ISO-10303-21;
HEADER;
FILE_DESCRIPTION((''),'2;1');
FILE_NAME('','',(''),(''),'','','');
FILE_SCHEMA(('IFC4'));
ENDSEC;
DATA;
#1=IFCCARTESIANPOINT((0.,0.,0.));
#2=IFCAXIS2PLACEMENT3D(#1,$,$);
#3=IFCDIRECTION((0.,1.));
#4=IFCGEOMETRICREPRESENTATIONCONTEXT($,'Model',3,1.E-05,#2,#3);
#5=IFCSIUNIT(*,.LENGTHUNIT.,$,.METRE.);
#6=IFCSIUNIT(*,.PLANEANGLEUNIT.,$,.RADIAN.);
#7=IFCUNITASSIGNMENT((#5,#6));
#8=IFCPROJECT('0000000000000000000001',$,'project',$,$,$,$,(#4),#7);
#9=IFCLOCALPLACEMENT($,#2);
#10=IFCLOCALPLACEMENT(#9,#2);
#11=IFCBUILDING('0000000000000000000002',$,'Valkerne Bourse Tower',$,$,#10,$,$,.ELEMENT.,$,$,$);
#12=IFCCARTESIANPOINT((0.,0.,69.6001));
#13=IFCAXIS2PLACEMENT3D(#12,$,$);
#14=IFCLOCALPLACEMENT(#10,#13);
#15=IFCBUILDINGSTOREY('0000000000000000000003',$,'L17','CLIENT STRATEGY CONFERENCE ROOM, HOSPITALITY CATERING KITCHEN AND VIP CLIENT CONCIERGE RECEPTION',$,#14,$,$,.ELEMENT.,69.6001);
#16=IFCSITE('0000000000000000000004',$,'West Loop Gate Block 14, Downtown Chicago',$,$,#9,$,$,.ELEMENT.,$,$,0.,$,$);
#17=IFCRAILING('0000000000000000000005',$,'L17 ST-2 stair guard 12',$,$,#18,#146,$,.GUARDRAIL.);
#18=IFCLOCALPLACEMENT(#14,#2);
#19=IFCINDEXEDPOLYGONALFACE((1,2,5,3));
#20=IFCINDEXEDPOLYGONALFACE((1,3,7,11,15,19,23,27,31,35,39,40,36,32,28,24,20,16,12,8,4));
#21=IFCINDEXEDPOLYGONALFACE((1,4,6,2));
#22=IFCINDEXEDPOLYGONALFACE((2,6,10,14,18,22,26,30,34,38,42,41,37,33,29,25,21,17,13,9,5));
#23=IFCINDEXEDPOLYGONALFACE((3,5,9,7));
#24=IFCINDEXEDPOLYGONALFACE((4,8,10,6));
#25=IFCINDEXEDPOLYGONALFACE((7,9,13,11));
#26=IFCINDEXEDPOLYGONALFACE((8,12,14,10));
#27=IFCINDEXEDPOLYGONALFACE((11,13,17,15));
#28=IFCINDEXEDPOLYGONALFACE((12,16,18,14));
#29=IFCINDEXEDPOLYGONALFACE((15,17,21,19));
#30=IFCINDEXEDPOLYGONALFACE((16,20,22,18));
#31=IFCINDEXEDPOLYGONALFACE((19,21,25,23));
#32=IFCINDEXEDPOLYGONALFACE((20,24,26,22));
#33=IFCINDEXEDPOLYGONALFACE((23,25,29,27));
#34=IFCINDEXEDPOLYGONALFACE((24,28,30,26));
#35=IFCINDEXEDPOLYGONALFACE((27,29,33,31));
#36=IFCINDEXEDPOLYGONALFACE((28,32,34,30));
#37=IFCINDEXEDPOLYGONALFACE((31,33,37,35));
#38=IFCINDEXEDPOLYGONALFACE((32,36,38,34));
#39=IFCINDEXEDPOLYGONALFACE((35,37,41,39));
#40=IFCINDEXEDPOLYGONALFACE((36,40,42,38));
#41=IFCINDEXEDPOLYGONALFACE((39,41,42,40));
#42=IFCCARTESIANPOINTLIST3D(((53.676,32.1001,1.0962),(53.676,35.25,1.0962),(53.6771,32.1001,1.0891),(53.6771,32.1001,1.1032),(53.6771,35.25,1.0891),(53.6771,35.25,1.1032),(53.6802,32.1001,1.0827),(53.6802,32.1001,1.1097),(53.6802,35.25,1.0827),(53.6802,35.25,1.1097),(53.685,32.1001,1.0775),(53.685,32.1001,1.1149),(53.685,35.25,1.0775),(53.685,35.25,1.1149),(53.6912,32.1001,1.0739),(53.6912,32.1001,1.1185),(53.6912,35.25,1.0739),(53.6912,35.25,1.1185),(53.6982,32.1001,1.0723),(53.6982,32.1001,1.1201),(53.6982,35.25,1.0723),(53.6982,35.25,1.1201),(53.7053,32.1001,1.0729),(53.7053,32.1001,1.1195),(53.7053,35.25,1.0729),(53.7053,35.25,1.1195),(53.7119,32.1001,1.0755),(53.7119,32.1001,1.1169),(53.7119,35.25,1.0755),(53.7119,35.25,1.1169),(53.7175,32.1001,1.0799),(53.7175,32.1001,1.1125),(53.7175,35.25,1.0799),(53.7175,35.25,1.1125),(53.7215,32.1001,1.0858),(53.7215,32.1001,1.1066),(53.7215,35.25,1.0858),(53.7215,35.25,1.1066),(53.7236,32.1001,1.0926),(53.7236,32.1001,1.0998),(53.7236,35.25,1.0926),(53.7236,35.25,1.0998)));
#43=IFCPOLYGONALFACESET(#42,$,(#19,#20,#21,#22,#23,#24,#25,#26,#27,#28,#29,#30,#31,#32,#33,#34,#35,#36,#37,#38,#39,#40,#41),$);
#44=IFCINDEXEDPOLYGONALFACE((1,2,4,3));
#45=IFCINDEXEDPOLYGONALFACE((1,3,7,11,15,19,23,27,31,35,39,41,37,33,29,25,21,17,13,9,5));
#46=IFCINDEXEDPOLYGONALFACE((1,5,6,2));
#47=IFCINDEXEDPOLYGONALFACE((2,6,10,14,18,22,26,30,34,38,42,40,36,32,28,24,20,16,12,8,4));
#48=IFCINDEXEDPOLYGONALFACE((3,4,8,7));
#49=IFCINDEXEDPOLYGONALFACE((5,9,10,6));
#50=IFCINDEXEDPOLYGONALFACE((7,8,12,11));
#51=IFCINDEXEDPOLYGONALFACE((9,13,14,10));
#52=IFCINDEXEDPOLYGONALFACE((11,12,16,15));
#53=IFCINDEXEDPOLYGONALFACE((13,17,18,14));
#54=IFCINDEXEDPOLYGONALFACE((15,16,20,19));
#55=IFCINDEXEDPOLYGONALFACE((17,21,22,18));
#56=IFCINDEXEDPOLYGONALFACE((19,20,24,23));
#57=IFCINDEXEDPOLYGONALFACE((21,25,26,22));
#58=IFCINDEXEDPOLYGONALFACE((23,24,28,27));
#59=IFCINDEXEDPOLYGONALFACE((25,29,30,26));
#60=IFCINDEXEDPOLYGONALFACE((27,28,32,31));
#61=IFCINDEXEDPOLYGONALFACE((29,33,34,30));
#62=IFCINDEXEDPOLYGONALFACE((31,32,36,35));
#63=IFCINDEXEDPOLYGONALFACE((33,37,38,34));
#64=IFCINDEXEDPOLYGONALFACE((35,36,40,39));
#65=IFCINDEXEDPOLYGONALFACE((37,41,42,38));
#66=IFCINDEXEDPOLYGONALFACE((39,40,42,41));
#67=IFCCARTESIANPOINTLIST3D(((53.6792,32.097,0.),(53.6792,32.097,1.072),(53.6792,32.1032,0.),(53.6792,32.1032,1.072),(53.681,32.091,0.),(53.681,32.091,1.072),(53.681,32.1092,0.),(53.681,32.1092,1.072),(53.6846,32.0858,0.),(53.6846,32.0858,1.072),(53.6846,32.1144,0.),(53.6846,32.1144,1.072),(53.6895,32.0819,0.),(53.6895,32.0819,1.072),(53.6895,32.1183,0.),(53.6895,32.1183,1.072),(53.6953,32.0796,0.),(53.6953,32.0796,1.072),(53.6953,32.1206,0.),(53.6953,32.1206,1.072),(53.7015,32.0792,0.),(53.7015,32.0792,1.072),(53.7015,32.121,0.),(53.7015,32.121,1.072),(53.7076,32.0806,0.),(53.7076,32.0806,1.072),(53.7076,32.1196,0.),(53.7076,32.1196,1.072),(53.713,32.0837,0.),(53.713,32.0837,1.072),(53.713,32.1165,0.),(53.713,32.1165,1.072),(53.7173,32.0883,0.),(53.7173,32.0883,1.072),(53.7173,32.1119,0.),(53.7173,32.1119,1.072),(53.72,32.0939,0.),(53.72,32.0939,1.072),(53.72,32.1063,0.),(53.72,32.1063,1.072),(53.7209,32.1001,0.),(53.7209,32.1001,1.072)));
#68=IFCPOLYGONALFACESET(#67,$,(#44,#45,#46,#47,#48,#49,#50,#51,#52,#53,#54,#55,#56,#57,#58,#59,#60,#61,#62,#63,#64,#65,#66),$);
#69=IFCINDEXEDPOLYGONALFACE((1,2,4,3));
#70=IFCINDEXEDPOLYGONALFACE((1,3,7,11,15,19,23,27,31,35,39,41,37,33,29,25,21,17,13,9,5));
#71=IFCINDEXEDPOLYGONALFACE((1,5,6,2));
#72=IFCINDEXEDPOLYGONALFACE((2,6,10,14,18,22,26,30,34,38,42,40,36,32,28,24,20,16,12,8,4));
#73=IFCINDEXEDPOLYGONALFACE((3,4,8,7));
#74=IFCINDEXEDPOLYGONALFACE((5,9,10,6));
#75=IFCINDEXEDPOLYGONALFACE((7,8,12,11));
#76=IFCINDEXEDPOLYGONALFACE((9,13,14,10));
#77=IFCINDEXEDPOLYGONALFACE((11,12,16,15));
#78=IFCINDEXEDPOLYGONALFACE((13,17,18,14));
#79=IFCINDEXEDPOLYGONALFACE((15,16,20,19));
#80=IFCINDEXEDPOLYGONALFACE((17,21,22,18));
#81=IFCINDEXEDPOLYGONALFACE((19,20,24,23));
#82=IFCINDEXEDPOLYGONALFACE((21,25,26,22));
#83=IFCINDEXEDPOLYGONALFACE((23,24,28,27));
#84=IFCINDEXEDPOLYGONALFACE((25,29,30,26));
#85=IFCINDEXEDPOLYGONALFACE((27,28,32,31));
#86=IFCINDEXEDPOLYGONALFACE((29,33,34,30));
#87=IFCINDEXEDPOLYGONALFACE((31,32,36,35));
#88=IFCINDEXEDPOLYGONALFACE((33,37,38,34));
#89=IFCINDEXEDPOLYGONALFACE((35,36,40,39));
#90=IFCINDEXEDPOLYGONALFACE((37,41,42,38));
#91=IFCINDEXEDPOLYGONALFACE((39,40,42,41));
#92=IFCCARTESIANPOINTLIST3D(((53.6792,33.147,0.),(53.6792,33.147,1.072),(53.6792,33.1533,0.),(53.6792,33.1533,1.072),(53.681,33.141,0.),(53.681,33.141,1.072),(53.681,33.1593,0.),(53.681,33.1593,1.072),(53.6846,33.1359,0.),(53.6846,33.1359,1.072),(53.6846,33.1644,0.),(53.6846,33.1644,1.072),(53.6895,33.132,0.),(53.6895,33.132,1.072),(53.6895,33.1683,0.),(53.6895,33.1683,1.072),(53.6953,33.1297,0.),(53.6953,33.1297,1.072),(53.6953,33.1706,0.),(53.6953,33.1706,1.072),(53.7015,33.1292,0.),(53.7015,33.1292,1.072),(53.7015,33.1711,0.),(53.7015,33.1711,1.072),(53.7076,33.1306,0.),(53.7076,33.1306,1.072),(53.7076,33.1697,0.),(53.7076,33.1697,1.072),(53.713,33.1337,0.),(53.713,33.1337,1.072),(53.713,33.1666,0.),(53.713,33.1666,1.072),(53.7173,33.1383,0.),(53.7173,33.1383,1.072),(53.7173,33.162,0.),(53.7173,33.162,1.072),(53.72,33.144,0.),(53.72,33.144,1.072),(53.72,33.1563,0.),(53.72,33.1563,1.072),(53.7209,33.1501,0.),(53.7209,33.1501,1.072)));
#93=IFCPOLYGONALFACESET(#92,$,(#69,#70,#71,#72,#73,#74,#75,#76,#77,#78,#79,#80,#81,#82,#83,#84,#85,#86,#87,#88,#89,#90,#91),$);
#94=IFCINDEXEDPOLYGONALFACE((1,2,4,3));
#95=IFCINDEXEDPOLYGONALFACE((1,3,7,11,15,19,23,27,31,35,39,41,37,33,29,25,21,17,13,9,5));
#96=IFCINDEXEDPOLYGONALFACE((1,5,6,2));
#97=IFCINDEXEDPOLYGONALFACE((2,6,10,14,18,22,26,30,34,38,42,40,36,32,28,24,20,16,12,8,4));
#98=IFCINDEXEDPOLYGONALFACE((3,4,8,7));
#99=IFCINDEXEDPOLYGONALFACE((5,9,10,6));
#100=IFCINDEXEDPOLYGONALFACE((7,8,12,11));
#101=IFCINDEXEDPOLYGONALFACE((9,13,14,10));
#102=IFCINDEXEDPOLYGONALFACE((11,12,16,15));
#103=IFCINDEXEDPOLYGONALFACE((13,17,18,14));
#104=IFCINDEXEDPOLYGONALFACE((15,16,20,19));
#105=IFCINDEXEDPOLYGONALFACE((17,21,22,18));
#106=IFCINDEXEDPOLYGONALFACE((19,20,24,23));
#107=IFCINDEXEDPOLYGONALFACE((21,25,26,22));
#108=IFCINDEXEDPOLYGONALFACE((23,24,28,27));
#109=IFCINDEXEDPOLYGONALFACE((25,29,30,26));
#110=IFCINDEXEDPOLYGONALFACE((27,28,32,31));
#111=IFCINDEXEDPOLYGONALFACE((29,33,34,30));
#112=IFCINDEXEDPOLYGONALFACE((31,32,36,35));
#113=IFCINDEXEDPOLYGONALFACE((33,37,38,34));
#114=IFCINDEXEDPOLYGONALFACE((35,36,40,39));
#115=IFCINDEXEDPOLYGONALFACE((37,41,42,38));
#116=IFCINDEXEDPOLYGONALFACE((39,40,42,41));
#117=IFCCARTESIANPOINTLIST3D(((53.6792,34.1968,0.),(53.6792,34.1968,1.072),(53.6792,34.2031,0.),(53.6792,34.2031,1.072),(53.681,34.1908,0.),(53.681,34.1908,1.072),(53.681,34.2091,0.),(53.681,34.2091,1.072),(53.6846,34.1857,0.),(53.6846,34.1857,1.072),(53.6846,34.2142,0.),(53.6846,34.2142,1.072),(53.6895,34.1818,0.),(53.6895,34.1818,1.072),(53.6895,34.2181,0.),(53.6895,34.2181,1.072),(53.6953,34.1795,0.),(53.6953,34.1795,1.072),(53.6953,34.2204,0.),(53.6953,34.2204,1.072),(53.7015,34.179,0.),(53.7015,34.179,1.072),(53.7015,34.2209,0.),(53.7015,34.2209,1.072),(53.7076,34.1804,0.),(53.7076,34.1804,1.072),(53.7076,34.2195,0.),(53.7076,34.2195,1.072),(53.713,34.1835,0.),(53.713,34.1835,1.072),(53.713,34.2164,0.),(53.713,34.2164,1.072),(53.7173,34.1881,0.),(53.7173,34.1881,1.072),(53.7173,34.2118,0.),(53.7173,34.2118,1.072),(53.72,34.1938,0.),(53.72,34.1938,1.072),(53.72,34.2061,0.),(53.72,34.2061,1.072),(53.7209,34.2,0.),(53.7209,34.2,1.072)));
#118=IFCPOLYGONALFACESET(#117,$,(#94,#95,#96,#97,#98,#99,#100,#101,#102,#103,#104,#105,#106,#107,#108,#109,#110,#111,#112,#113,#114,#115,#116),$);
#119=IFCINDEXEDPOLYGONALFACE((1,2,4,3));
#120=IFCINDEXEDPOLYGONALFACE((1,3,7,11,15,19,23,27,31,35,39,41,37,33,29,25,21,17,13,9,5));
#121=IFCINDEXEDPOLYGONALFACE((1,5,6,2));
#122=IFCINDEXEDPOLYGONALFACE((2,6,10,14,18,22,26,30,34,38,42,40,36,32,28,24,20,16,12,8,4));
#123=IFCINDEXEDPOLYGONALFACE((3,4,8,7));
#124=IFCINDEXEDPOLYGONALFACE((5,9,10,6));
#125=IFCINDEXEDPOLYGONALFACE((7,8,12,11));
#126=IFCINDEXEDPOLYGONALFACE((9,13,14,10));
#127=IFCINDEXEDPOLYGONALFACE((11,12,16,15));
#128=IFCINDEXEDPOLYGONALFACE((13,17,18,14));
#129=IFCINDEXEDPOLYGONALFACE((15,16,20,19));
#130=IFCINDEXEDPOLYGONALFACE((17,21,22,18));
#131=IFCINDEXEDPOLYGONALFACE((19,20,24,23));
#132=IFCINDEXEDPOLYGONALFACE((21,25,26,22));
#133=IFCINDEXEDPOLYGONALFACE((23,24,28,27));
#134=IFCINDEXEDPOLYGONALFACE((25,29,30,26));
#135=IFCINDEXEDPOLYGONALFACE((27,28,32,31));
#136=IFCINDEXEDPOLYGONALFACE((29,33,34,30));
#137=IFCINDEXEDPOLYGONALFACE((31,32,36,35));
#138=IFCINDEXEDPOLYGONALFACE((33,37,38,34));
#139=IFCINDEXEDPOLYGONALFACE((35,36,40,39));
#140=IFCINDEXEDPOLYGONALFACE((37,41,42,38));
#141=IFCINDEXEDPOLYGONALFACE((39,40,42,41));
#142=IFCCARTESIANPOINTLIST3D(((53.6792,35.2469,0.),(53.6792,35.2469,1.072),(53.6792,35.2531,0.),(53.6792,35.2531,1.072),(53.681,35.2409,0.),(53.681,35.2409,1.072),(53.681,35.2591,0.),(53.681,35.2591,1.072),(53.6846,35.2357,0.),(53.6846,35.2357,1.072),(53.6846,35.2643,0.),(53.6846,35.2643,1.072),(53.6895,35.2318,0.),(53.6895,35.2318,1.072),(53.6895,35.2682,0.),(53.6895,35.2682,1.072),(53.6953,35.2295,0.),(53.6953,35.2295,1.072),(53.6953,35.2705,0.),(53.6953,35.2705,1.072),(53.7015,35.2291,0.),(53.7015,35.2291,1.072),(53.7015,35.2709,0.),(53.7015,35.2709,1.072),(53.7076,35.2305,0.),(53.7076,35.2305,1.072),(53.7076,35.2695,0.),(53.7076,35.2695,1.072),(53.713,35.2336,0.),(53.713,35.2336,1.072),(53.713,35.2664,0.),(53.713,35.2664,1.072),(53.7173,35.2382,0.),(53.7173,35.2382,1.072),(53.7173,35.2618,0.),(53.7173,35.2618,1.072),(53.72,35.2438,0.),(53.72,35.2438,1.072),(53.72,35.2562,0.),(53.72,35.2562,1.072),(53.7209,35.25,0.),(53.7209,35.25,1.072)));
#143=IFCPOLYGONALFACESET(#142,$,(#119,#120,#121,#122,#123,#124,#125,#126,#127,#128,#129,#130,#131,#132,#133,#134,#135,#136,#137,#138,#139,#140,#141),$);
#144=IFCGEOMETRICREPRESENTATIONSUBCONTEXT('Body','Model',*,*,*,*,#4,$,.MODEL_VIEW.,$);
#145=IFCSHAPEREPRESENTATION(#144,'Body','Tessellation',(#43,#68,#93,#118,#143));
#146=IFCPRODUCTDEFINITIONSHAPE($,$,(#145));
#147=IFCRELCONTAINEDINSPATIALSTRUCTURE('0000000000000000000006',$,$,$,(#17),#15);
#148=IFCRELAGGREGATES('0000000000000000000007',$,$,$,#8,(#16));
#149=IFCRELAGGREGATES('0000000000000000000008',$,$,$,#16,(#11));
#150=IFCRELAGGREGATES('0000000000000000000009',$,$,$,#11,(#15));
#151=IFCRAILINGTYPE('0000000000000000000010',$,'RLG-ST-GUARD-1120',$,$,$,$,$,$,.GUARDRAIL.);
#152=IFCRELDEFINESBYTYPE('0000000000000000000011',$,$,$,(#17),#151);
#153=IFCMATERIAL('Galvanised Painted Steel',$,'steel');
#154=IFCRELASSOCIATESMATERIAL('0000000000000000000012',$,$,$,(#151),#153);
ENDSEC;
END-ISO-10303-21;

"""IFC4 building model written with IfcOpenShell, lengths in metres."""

from ifc_helpers import new_model, si_unit, direction, frame, origin, origin_2d, place, context, subcontext, project, spatial, circle, extrude, material, type_object, element, save


model = new_model("IFC4")

# Units and contexts
model_context = context("Model", 3, precision=1e-05, world=origin(), true_north=direction((0.0, 1.0)))
body_context = subcontext(model_context, "Body", "Model", "MODEL_VIEW")
ifc_project = project(units=[si_unit("LENGTHUNIT", "METRE"), si_unit("PLANEANGLEUNIT", "RADIAN")], contexts=[model_context])

# Site, building, storey
site_placement = place(None, origin())
site = spatial("IfcSite", under=ifc_project, at=site_placement, Name="West Loop Gate Block 14, Downtown Chicago", CompositionType="ELEMENT", RefElevation=0.0)
building_placement = place(site_placement, origin())
building = spatial("IfcBuilding", under=site, at=building_placement, Name="Valkerne Bourse Tower", CompositionType="ELEMENT")
storey_placement = place(building_placement, frame((0.0, 0.0, 69.6001)))
storey = spatial("IfcBuildingStorey", under=building, at=storey_placement, Name="L17", Description="CLIENT STRATEGY CONFERENCE ROOM, HOSPITALITY CATERING KITCHEN AND VIP CLIENT CONCIERGE RECEPTION", CompositionType="ELEMENT", Elevation=69.6001)

# Railing
ifc_material_1 = material(Name="Galvanised Painted Steel", Category="steel")
railing_type_1 = type_object("IfcRailingType", Name="RLG-ST-GUARD-1120", PredefinedType="GUARDRAIL", material=ifc_material_1)
railing_1_placement = place(storey_placement, frame((53.7, 32.1001, 0.0)))
element("IfcRailing", 1, at=railing_1_placement, inside=storey, type_object=railing_type_1, Name="L17 ST-2 stair guard 12", PredefinedType="GUARDRAIL", context=body_context, shape_type="SweptSolid", body=[
    extrude(circle(Radius=0.0239, at=origin_2d()), frame((0.0, 0.0, 1.0962), z_axis=(0.0, 1.0, 0.0), x_axis=(-1.0, 0.0, 0.0)), (0.0, 0.0, 1.0), 3.1499),
    extrude(circle(Radius=0.021, at=origin_2d()), origin(), (0.0, 0.0, 1.0), 1.072),
    extrude(circle(Radius=0.021, at=origin_2d()), frame((0.0, 1.05, 0.0)), (0.0, 0.0, 1.0), 1.072),
    extrude(circle(Radius=0.021, at=origin_2d()), frame((0.0, 2.0999, 0.0)), (0.0, 0.0, 1.0), 1.072),
    extrude(circle(Radius=0.021, at=origin_2d()), frame((0.0, 3.1499, 0.0)), (0.0, 0.0, 1.0), 1.072),
])

save(model, "model.ifc")
